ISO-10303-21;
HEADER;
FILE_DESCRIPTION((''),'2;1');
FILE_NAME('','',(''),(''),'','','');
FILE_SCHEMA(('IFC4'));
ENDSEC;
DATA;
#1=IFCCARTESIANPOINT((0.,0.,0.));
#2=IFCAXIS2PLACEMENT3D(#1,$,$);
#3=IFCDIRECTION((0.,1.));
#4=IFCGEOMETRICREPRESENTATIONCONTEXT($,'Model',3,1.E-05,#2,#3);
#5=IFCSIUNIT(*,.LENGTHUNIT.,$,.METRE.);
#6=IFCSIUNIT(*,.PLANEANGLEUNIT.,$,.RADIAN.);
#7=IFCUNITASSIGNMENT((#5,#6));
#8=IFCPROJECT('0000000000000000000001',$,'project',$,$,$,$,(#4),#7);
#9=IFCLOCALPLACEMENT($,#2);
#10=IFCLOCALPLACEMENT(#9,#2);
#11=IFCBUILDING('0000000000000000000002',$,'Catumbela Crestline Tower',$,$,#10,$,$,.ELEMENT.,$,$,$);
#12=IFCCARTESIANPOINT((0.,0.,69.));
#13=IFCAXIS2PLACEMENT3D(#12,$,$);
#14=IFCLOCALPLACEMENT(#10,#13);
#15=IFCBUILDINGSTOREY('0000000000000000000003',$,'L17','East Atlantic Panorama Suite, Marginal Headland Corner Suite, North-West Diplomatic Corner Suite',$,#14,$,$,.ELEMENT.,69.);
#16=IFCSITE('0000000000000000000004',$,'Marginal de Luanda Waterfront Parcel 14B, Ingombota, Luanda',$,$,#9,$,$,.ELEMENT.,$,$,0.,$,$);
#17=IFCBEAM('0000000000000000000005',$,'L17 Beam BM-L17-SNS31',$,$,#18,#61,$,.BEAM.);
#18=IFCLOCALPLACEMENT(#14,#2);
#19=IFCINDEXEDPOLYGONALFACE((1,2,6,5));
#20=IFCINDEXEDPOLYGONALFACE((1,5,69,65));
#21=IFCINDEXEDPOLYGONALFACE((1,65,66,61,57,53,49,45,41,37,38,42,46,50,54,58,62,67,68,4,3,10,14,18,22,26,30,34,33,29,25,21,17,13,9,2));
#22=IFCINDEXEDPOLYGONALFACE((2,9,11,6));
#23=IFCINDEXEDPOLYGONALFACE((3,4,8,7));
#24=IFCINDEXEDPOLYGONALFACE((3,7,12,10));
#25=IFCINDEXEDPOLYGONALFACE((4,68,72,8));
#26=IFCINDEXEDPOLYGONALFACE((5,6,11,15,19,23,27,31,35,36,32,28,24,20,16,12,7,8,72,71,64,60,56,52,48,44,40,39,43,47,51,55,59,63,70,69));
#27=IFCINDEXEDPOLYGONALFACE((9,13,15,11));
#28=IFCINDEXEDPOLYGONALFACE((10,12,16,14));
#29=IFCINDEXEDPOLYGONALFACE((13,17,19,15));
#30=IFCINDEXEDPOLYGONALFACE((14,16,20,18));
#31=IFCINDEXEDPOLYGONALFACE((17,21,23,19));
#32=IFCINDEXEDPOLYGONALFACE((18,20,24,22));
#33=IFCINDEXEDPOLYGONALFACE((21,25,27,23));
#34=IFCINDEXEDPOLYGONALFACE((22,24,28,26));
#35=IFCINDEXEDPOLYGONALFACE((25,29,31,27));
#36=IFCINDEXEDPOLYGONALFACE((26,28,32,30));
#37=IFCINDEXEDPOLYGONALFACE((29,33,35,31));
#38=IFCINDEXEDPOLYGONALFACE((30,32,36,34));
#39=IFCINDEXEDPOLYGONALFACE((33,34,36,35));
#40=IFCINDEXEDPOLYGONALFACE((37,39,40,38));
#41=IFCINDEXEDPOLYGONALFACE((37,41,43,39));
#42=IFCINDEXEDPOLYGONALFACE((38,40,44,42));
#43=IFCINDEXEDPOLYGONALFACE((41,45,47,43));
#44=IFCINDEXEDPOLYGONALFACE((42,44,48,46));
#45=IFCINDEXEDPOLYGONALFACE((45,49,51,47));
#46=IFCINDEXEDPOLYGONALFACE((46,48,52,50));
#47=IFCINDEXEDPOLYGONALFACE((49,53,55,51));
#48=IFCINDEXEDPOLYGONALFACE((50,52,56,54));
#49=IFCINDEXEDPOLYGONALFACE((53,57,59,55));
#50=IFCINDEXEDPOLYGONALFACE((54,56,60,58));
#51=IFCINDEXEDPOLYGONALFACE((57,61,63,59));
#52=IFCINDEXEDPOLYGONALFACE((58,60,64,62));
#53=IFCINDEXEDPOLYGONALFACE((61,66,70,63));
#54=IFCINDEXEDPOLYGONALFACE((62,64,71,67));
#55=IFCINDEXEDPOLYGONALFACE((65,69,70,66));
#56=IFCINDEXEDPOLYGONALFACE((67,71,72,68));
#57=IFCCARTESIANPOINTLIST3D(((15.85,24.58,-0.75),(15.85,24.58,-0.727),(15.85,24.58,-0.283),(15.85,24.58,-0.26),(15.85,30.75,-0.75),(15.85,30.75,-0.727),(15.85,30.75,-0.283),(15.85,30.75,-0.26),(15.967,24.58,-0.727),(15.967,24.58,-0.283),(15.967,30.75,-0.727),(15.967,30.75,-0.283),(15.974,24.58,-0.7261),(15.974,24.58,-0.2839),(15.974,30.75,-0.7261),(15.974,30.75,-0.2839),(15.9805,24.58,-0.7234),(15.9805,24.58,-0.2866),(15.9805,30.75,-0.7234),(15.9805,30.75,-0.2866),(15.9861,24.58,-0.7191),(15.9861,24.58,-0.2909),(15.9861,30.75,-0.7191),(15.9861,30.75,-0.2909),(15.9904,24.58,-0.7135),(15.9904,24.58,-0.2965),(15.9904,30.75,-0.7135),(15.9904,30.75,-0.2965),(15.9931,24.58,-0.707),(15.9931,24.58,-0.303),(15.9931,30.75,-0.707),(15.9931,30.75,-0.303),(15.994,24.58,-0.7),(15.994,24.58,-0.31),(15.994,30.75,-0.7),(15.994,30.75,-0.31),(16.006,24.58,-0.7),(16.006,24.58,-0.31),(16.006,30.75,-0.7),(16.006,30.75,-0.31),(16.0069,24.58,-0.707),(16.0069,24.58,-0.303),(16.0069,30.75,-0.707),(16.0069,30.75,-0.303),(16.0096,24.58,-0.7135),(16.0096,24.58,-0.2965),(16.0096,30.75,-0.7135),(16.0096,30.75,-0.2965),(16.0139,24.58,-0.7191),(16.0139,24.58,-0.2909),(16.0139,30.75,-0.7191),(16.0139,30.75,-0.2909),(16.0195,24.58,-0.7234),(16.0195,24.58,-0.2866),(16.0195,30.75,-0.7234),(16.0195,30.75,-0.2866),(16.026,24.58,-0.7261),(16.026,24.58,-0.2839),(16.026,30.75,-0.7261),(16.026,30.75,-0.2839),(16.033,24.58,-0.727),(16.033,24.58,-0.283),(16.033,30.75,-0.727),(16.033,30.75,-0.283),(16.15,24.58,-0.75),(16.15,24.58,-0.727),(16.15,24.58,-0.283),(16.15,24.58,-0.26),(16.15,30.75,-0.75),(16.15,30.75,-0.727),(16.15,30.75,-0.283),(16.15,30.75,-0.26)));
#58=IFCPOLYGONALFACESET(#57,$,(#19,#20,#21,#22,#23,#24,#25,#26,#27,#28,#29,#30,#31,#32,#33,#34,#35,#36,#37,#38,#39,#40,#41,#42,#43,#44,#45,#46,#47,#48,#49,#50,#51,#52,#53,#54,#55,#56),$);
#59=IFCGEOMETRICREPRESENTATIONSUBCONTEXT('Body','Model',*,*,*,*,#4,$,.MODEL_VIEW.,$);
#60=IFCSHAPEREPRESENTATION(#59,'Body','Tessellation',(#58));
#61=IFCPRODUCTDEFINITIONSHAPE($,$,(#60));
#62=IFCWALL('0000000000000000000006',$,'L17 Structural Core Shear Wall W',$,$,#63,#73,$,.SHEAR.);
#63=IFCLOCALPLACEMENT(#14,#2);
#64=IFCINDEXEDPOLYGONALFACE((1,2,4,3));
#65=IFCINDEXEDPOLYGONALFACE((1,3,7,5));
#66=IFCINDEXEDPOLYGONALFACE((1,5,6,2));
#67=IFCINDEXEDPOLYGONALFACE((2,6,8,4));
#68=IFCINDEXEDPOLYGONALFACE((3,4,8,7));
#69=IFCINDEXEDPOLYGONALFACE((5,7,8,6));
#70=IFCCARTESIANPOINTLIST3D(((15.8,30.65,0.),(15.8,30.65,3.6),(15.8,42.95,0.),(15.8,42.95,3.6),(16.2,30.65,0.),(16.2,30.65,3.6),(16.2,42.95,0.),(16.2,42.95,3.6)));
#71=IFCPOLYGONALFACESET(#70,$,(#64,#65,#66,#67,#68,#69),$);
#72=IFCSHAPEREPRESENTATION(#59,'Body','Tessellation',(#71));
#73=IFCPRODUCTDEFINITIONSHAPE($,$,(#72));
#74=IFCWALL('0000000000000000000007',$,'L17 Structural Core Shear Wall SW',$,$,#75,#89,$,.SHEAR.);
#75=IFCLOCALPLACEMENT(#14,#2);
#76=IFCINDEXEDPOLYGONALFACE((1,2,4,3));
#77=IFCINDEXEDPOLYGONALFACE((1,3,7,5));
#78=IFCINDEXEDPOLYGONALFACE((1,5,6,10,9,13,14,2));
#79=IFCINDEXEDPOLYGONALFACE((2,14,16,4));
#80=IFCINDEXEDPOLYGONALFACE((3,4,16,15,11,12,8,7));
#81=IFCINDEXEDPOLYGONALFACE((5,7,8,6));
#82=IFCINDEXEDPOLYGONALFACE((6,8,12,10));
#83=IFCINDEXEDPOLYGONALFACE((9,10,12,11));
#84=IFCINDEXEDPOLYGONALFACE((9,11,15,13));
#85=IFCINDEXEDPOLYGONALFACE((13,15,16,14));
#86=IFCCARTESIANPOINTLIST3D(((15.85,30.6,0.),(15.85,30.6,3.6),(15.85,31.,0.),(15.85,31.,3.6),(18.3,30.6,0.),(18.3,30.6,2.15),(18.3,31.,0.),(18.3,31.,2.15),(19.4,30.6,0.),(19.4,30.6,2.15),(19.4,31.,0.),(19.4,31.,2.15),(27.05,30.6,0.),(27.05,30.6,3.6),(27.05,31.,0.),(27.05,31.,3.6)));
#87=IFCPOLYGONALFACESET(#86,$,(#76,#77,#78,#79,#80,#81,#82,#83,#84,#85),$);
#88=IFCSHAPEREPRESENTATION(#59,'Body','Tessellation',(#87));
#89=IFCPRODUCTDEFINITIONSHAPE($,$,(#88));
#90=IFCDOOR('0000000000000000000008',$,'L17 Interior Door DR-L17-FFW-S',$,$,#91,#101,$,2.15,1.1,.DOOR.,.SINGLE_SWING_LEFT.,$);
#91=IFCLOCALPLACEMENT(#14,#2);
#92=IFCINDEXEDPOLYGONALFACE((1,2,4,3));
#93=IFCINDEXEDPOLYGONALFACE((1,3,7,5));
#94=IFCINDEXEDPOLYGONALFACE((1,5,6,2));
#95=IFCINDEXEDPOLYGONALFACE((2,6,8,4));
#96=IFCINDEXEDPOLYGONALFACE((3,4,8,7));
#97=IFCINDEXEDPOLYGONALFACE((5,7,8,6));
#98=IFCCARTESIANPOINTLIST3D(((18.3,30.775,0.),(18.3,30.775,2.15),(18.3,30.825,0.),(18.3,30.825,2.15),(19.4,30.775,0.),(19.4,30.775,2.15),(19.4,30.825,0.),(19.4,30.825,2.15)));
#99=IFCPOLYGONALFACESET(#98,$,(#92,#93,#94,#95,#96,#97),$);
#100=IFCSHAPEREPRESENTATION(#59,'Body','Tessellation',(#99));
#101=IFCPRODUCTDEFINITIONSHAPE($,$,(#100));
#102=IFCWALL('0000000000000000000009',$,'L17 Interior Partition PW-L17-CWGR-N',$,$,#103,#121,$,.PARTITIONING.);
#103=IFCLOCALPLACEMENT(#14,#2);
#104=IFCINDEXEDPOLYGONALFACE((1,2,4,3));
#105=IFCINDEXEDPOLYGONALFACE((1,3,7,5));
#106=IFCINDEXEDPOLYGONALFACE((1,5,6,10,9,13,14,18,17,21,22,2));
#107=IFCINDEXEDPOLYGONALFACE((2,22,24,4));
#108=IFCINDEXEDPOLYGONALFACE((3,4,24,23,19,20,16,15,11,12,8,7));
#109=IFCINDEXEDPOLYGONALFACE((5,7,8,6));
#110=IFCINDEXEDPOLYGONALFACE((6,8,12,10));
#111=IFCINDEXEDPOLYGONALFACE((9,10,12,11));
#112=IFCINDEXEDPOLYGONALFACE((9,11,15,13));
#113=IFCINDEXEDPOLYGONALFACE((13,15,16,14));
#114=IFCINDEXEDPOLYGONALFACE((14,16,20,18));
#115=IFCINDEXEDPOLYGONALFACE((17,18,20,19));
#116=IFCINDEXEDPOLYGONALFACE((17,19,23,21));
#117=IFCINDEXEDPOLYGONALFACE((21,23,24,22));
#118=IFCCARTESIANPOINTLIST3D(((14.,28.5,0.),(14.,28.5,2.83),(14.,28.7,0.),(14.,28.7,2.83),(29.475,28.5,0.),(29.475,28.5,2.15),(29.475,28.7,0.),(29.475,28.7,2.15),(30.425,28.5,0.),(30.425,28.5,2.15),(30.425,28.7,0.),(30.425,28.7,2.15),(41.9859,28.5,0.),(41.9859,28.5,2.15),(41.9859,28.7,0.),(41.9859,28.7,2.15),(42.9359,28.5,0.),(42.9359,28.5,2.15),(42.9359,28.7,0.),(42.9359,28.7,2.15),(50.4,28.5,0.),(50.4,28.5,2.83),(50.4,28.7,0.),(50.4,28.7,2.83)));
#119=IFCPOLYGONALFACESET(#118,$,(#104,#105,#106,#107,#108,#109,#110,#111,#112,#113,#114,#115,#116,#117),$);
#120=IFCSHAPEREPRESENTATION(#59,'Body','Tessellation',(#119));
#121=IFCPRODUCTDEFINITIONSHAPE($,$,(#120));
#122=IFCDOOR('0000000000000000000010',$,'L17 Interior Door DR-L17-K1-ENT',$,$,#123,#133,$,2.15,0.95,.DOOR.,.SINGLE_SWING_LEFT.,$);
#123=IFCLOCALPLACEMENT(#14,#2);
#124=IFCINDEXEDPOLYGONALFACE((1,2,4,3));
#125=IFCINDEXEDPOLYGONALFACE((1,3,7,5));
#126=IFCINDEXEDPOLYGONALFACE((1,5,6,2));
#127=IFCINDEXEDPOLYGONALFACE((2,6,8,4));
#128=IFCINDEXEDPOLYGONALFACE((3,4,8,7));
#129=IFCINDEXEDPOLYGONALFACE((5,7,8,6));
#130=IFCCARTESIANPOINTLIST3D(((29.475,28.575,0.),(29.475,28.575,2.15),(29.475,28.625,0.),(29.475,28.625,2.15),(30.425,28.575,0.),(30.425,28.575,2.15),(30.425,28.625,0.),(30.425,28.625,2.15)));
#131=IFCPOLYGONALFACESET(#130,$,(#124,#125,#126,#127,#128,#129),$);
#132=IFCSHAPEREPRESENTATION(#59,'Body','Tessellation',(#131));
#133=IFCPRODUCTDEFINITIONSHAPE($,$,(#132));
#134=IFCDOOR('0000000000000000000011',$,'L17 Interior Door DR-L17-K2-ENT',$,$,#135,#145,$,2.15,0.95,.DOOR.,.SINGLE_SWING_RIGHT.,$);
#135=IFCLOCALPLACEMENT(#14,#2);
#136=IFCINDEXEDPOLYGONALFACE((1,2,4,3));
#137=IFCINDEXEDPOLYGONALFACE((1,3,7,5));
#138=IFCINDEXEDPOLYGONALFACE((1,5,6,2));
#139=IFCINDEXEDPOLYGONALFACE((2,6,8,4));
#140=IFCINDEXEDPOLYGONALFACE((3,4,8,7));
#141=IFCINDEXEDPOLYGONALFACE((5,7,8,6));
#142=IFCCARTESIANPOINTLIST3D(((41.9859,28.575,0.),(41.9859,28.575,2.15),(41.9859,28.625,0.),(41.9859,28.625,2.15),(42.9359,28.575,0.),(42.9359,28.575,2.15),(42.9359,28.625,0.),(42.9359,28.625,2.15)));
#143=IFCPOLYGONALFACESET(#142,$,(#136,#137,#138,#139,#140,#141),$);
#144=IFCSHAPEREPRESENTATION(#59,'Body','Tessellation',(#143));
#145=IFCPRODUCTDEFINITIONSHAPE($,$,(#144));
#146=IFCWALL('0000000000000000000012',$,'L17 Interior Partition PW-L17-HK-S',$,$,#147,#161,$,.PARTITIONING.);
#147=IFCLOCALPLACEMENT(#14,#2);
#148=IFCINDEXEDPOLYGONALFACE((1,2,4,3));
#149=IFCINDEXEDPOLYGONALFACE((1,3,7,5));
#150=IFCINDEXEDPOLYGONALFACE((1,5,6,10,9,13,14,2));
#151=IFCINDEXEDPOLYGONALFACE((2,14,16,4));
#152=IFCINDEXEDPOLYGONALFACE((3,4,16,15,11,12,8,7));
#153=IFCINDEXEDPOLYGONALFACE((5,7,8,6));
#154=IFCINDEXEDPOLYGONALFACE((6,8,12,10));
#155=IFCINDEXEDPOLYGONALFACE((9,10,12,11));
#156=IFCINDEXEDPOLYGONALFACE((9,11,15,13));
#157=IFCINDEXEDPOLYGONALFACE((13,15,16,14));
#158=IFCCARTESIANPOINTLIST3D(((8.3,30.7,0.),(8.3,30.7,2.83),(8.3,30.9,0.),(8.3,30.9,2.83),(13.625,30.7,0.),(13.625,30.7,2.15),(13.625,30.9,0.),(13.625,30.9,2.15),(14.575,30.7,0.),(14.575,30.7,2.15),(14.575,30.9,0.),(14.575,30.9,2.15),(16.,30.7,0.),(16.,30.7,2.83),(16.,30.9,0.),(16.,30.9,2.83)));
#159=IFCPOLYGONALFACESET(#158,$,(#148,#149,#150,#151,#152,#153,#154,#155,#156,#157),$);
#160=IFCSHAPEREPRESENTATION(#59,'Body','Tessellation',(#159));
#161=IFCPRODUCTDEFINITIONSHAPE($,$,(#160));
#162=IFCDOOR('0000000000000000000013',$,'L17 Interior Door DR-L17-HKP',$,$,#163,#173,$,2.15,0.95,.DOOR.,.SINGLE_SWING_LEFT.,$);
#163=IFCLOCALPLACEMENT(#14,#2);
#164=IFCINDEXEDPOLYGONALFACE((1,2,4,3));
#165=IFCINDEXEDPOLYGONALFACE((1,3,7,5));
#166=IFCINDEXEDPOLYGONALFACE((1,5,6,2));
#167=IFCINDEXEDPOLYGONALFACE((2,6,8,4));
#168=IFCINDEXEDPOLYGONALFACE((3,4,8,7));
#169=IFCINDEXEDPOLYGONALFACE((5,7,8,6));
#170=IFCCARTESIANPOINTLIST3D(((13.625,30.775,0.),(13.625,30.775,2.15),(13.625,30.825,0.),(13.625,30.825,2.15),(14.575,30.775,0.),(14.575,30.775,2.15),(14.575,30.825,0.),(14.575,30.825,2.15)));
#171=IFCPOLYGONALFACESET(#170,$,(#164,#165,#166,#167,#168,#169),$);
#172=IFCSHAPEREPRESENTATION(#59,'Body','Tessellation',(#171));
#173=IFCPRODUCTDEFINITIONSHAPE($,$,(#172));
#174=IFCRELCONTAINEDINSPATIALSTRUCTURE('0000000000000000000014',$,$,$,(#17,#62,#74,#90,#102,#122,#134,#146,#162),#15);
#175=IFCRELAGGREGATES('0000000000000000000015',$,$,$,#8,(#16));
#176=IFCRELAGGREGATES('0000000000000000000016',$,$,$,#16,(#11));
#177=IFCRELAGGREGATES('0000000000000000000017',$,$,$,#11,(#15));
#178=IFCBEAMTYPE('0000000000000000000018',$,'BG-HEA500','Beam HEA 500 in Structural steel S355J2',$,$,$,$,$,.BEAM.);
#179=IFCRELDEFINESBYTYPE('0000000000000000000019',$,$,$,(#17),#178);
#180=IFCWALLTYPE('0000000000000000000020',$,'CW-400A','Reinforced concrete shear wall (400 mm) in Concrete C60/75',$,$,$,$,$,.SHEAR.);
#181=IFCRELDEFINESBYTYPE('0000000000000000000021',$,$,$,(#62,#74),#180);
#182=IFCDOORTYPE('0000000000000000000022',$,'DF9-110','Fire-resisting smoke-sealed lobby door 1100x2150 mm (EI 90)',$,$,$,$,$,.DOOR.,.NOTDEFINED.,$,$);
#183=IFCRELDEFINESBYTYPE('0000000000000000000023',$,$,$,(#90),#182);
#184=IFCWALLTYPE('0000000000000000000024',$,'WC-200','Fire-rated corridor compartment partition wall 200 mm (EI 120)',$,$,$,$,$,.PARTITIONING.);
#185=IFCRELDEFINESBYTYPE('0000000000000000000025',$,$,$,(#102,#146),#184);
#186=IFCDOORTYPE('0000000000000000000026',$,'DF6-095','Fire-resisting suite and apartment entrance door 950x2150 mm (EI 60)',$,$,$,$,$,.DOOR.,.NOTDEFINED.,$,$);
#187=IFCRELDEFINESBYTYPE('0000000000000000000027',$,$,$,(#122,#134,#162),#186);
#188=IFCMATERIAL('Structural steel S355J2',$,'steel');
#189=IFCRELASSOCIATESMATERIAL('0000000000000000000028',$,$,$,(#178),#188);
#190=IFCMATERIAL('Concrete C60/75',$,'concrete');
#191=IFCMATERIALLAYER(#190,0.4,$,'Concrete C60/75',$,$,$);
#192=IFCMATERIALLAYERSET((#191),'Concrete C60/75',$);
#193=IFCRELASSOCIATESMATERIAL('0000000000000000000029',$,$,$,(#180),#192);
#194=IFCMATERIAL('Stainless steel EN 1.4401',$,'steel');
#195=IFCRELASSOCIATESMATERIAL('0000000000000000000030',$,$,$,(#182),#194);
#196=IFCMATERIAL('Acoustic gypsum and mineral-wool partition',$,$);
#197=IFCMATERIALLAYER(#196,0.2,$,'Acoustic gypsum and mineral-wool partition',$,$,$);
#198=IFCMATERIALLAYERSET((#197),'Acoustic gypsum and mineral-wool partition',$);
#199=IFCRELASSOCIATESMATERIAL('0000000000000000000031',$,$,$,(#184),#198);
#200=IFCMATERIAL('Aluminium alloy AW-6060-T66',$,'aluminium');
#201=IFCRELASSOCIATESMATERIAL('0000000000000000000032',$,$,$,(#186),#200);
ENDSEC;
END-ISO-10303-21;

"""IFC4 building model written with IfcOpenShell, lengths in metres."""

from ifc_helpers import new_model, si_unit, direction, frame, frame_2d, origin, origin_2d, place, context, subcontext, project, spatial, rectangle, i_section, extrude, material, layer, layer_set, material_profile, profile_set, type_object, element, fill, save


model = new_model("IFC4")

# Units and contexts
model_context = context("Model", 3, precision=1e-05, world=origin(), true_north=direction((0.0, 1.0)))
body_context = subcontext(model_context, "Body", "Model", "MODEL_VIEW")
ifc_project = project(units=[si_unit("LENGTHUNIT", "METRE"), si_unit("PLANEANGLEUNIT", "RADIAN")], contexts=[model_context])

# Site, building, storey
site_placement = place(None, origin())
site = spatial("IfcSite", under=ifc_project, at=site_placement, Name="Marginal de Luanda Waterfront Parcel 14B, Ingombota, Luanda", CompositionType="ELEMENT", RefElevation=0.0)
building_placement = place(site_placement, origin())
building = spatial("IfcBuilding", under=site, at=building_placement, Name="Catumbela Crestline Tower", CompositionType="ELEMENT")
storey_placement = place(building_placement, frame((0.0, 0.0, 69.0)))
storey = spatial("IfcBuildingStorey", under=building, at=storey_placement, Name="L17", Description="East Atlantic Panorama Suite, Marginal Headland Corner Suite, North-West Diplomatic Corner Suite", CompositionType="ELEMENT", Elevation=69.0)

# Beam
ifc_material_1 = material(Name="Structural steel S355J2", Category="steel")
ifc_material_profile_1 = material_profile(ifc_material_1, i_section(OverallWidth=0.3, OverallDepth=0.49, WebThickness=0.012, FlangeThickness=0.023, FilletRadius=0.027, at=origin_2d()), Name="HEA 500")
ifc_profile_set_1 = profile_set([ifc_material_profile_1], Name="Structural steel S355J2")
beam_type = type_object("IfcBeamType", Name="BG-HEA500", Description="Beam HEA 500 in Structural steel S355J2", PredefinedType="BEAM", material=ifc_profile_set_1)
beam_1_placement = place(storey_placement, frame((16.0, 24.58, -0.505), z_axis=(0.0, 1.0, 0.0), x_axis=(-1.0, 0.0, 0.0)))
element("IfcBeam", 1, at=beam_1_placement, inside=storey, type_object=beam_type, Name="L17 Beam BM-L17-SNS31", PredefinedType="BEAM", context=body_context, shape_type="SweptSolid", body=[
    extrude(i_section(OverallWidth=0.3, OverallDepth=0.49, WebThickness=0.012, FlangeThickness=0.023, FilletRadius=0.027, at=origin_2d()), origin(), (0.0, 0.0, 1.0), 6.17),
])

# Wall
ifc_material_2 = material(Name="Concrete C60/75", Category="concrete")
ifc_layer_1 = layer(ifc_material_2, 0.4, Name="Concrete C60/75")
ifc_layer_set_1 = layer_set([ifc_layer_1], Name="Concrete C60/75")
wall_type_1 = type_object("IfcWallType", Name="CW-400A", Description="Reinforced concrete shear wall (400 mm) in Concrete C60/75", PredefinedType="SHEAR", material=ifc_layer_set_1)
wall_1_placement = place(storey_placement, frame((16.0, 30.65, 0.0), z_axis=(0.0, 0.0, 1.0), x_axis=(0.0, 1.0, 0.0)))
element("IfcWall", 2, at=wall_1_placement, inside=storey, type_object=wall_type_1, Name="L17 Structural Core Shear Wall W", PredefinedType="SHEAR", context=body_context, shape_type="SweptSolid", body=[
    extrude(rectangle(XDim=12.3, YDim=0.4, at=frame_2d((6.15, 0.0))), origin(), (0.0, 0.0, 1.0), 3.6),
])

# Wall, opening, door
wall_2_placement = place(storey_placement, frame((15.85, 30.8, 0.0), z_axis=(0.0, 0.0, 1.0), x_axis=(1.0, 0.0, 0.0)))
wall_2 = element("IfcWall", 3, at=wall_2_placement, inside=storey, type_object=wall_type_1, Name="L17 Structural Core Shear Wall SW", PredefinedType="SHEAR", context=body_context, shape_type="SweptSolid", body=[
    extrude(rectangle(XDim=11.2, YDim=0.4, at=frame_2d((5.6, 0.0))), origin(), (0.0, 0.0, 1.0), 3.6),
])
opening_1_placement = place(wall_2_placement, frame((2.45, 0.0, 0.0)))
opening_1 = element("IfcOpeningElement", 4, at=opening_1_placement, cuts=wall_2, PredefinedType="OPENING", context=body_context, shape_type="SweptSolid", body=[
    extrude(rectangle(XDim=1.1, YDim=2.15, at=frame_2d((0.55, 1.075))), frame((0.0, 0.21, 0.0), z_axis=(0.0, -1.0, 0.0), x_axis=(1.0, 0.0, 0.0)), (0.0, 0.0, 1.0), 0.42),
])
ifc_material_3 = material(Name="Stainless steel EN 1.4401", Category="steel")
door_type_1 = type_object("IfcDoorType", Name="DF9-110", Description="Fire-resisting smoke-sealed lobby door 1100x2150 mm (EI 90)", OperationType="NOTDEFINED", PredefinedType="DOOR", material=ifc_material_3)
door_1_placement = place(opening_1_placement, origin())
door_1 = element("IfcDoor", 5, at=door_1_placement, inside=storey, type_object=door_type_1, Name="L17 Interior Door DR-L17-FFW-S", OperationType="SINGLE_SWING_LEFT", OverallHeight=2.15, OverallWidth=1.1, PredefinedType="DOOR", context=body_context, shape_type="SweptSolid", body=[
    extrude(rectangle(XDim=1.1, YDim=2.15, at=frame_2d((0.55, 1.075))), frame((0.0, 0.025, 0.0), z_axis=(0.0, -1.0, 0.0), x_axis=(1.0, 0.0, 0.0)), (0.0, 0.0, 1.0), 0.05),
])
fill(opening_1, door_1)

# Wall, openings, doors
ifc_material_4 = material(Name="Acoustic gypsum and mineral-wool partition")
ifc_layer_2 = layer(ifc_material_4, 0.2, Name="Acoustic gypsum and mineral-wool partition")
ifc_layer_set_2 = layer_set([ifc_layer_2], Name="Acoustic gypsum and mineral-wool partition")
wall_type_2 = type_object("IfcWallType", Name="WC-200", Description="Fire-rated corridor compartment partition wall 200 mm (EI 120)", PredefinedType="PARTITIONING", material=ifc_layer_set_2)
wall_3_placement = place(storey_placement, frame((14.0, 28.6, 0.0), z_axis=(0.0, 0.0, 1.0), x_axis=(1.0, 0.0, 0.0)))
wall_3 = element("IfcWall", 6, at=wall_3_placement, inside=storey, type_object=wall_type_2, Name="L17 Interior Partition PW-L17-CWGR-N", PredefinedType="PARTITIONING", context=body_context, shape_type="SweptSolid", body=[
    extrude(rectangle(XDim=36.4, YDim=0.2, at=frame_2d((18.2, 0.0))), origin(), (0.0, 0.0, 1.0), 2.83),
])
opening_2_placement = place(wall_3_placement, frame((15.475, 0.0, 0.0)))
opening_2 = element("IfcOpeningElement", 7, at=opening_2_placement, cuts=wall_3, PredefinedType="OPENING", context=body_context, shape_type="SweptSolid", body=[
    extrude(rectangle(XDim=0.95, YDim=2.15, at=frame_2d((0.475, 1.075))), frame((0.0, 0.11, 0.0), z_axis=(0.0, -1.0, 0.0), x_axis=(1.0, 0.0, 0.0)), (0.0, 0.0, 1.0), 0.22),
])
opening_3_placement = place(wall_3_placement, frame((27.9859, 0.0, 0.0)))
opening_3 = element("IfcOpeningElement", 8, at=opening_3_placement, cuts=wall_3, PredefinedType="OPENING", context=body_context, shape_type="SweptSolid", body=[
    extrude(rectangle(XDim=0.95, YDim=2.15, at=frame_2d((0.475, 1.075))), frame((0.0, 0.11, 0.0), z_axis=(0.0, -1.0, 0.0), x_axis=(1.0, 0.0, 0.0)), (0.0, 0.0, 1.0), 0.22),
])
ifc_material_5 = material(Name="Aluminium alloy AW-6060-T66", Category="aluminium")
door_type_2 = type_object("IfcDoorType", Name="DF6-095", Description="Fire-resisting suite and apartment entrance door 950x2150 mm (EI 60)", OperationType="NOTDEFINED", PredefinedType="DOOR", material=ifc_material_5)
door_2_placement = place(opening_2_placement, origin())
door_2 = element("IfcDoor", 9, at=door_2_placement, inside=storey, type_object=door_type_2, Name="L17 Interior Door DR-L17-K1-ENT", OperationType="SINGLE_SWING_LEFT", OverallHeight=2.15, OverallWidth=0.95, PredefinedType="DOOR", context=body_context, shape_type="SweptSolid", body=[
    extrude(rectangle(XDim=0.95, YDim=2.15, at=frame_2d((0.475, 1.075))), frame((0.0, 0.025, 0.0), z_axis=(0.0, -1.0, 0.0), x_axis=(1.0, 0.0, 0.0)), (0.0, 0.0, 1.0), 0.05),
])
fill(opening_2, door_2)
door_3_placement = place(opening_3_placement, origin())
door_3 = element("IfcDoor", 10, at=door_3_placement, inside=storey, type_object=door_type_2, Name="L17 Interior Door DR-L17-K2-ENT", OperationType="SINGLE_SWING_RIGHT", OverallHeight=2.15, OverallWidth=0.95, PredefinedType="DOOR", context=body_context, shape_type="SweptSolid", body=[
    extrude(rectangle(XDim=0.95, YDim=2.15, at=frame_2d((0.475, 1.075))), frame((0.0, 0.025, 0.0), z_axis=(0.0, -1.0, 0.0), x_axis=(1.0, 0.0, 0.0)), (0.0, 0.0, 1.0), 0.05),
])
fill(opening_3, door_3)

# Wall, opening, door
wall_4_placement = place(storey_placement, frame((8.3, 30.8, 0.0), z_axis=(0.0, 0.0, 1.0), x_axis=(1.0, 0.0, 0.0)))
wall_4 = element("IfcWall", 11, at=wall_4_placement, inside=storey, type_object=wall_type_2, Name="L17 Interior Partition PW-L17-HK-S", PredefinedType="PARTITIONING", context=body_context, shape_type="SweptSolid", body=[
    extrude(rectangle(XDim=7.7, YDim=0.2, at=frame_2d((3.85, 0.0))), origin(), (0.0, 0.0, 1.0), 2.83),
])
opening_4_placement = place(wall_4_placement, frame((5.325, 0.0, 0.0)))
opening_4 = element("IfcOpeningElement", 12, at=opening_4_placement, cuts=wall_4, PredefinedType="OPENING", context=body_context, shape_type="SweptSolid", body=[
    extrude(rectangle(XDim=0.95, YDim=2.15, at=frame_2d((0.475, 1.075))), frame((0.0, 0.11, 0.0), z_axis=(0.0, -1.0, 0.0), x_axis=(1.0, 0.0, 0.0)), (0.0, 0.0, 1.0), 0.22),
])
door_4_placement = place(opening_4_placement, origin())
door_4 = element("IfcDoor", 13, at=door_4_placement, inside=storey, type_object=door_type_2, Name="L17 Interior Door DR-L17-HKP", OperationType="SINGLE_SWING_LEFT", OverallHeight=2.15, OverallWidth=0.95, PredefinedType="DOOR", context=body_context, shape_type="SweptSolid", body=[
    extrude(rectangle(XDim=0.95, YDim=2.15, at=frame_2d((0.475, 1.075))), frame((0.0, 0.025, 0.0), z_axis=(0.0, -1.0, 0.0), x_axis=(1.0, 0.0, 0.0)), (0.0, 0.0, 1.0), 0.05),
])
fill(opening_4, door_4)

save(model, "model.ifc")
